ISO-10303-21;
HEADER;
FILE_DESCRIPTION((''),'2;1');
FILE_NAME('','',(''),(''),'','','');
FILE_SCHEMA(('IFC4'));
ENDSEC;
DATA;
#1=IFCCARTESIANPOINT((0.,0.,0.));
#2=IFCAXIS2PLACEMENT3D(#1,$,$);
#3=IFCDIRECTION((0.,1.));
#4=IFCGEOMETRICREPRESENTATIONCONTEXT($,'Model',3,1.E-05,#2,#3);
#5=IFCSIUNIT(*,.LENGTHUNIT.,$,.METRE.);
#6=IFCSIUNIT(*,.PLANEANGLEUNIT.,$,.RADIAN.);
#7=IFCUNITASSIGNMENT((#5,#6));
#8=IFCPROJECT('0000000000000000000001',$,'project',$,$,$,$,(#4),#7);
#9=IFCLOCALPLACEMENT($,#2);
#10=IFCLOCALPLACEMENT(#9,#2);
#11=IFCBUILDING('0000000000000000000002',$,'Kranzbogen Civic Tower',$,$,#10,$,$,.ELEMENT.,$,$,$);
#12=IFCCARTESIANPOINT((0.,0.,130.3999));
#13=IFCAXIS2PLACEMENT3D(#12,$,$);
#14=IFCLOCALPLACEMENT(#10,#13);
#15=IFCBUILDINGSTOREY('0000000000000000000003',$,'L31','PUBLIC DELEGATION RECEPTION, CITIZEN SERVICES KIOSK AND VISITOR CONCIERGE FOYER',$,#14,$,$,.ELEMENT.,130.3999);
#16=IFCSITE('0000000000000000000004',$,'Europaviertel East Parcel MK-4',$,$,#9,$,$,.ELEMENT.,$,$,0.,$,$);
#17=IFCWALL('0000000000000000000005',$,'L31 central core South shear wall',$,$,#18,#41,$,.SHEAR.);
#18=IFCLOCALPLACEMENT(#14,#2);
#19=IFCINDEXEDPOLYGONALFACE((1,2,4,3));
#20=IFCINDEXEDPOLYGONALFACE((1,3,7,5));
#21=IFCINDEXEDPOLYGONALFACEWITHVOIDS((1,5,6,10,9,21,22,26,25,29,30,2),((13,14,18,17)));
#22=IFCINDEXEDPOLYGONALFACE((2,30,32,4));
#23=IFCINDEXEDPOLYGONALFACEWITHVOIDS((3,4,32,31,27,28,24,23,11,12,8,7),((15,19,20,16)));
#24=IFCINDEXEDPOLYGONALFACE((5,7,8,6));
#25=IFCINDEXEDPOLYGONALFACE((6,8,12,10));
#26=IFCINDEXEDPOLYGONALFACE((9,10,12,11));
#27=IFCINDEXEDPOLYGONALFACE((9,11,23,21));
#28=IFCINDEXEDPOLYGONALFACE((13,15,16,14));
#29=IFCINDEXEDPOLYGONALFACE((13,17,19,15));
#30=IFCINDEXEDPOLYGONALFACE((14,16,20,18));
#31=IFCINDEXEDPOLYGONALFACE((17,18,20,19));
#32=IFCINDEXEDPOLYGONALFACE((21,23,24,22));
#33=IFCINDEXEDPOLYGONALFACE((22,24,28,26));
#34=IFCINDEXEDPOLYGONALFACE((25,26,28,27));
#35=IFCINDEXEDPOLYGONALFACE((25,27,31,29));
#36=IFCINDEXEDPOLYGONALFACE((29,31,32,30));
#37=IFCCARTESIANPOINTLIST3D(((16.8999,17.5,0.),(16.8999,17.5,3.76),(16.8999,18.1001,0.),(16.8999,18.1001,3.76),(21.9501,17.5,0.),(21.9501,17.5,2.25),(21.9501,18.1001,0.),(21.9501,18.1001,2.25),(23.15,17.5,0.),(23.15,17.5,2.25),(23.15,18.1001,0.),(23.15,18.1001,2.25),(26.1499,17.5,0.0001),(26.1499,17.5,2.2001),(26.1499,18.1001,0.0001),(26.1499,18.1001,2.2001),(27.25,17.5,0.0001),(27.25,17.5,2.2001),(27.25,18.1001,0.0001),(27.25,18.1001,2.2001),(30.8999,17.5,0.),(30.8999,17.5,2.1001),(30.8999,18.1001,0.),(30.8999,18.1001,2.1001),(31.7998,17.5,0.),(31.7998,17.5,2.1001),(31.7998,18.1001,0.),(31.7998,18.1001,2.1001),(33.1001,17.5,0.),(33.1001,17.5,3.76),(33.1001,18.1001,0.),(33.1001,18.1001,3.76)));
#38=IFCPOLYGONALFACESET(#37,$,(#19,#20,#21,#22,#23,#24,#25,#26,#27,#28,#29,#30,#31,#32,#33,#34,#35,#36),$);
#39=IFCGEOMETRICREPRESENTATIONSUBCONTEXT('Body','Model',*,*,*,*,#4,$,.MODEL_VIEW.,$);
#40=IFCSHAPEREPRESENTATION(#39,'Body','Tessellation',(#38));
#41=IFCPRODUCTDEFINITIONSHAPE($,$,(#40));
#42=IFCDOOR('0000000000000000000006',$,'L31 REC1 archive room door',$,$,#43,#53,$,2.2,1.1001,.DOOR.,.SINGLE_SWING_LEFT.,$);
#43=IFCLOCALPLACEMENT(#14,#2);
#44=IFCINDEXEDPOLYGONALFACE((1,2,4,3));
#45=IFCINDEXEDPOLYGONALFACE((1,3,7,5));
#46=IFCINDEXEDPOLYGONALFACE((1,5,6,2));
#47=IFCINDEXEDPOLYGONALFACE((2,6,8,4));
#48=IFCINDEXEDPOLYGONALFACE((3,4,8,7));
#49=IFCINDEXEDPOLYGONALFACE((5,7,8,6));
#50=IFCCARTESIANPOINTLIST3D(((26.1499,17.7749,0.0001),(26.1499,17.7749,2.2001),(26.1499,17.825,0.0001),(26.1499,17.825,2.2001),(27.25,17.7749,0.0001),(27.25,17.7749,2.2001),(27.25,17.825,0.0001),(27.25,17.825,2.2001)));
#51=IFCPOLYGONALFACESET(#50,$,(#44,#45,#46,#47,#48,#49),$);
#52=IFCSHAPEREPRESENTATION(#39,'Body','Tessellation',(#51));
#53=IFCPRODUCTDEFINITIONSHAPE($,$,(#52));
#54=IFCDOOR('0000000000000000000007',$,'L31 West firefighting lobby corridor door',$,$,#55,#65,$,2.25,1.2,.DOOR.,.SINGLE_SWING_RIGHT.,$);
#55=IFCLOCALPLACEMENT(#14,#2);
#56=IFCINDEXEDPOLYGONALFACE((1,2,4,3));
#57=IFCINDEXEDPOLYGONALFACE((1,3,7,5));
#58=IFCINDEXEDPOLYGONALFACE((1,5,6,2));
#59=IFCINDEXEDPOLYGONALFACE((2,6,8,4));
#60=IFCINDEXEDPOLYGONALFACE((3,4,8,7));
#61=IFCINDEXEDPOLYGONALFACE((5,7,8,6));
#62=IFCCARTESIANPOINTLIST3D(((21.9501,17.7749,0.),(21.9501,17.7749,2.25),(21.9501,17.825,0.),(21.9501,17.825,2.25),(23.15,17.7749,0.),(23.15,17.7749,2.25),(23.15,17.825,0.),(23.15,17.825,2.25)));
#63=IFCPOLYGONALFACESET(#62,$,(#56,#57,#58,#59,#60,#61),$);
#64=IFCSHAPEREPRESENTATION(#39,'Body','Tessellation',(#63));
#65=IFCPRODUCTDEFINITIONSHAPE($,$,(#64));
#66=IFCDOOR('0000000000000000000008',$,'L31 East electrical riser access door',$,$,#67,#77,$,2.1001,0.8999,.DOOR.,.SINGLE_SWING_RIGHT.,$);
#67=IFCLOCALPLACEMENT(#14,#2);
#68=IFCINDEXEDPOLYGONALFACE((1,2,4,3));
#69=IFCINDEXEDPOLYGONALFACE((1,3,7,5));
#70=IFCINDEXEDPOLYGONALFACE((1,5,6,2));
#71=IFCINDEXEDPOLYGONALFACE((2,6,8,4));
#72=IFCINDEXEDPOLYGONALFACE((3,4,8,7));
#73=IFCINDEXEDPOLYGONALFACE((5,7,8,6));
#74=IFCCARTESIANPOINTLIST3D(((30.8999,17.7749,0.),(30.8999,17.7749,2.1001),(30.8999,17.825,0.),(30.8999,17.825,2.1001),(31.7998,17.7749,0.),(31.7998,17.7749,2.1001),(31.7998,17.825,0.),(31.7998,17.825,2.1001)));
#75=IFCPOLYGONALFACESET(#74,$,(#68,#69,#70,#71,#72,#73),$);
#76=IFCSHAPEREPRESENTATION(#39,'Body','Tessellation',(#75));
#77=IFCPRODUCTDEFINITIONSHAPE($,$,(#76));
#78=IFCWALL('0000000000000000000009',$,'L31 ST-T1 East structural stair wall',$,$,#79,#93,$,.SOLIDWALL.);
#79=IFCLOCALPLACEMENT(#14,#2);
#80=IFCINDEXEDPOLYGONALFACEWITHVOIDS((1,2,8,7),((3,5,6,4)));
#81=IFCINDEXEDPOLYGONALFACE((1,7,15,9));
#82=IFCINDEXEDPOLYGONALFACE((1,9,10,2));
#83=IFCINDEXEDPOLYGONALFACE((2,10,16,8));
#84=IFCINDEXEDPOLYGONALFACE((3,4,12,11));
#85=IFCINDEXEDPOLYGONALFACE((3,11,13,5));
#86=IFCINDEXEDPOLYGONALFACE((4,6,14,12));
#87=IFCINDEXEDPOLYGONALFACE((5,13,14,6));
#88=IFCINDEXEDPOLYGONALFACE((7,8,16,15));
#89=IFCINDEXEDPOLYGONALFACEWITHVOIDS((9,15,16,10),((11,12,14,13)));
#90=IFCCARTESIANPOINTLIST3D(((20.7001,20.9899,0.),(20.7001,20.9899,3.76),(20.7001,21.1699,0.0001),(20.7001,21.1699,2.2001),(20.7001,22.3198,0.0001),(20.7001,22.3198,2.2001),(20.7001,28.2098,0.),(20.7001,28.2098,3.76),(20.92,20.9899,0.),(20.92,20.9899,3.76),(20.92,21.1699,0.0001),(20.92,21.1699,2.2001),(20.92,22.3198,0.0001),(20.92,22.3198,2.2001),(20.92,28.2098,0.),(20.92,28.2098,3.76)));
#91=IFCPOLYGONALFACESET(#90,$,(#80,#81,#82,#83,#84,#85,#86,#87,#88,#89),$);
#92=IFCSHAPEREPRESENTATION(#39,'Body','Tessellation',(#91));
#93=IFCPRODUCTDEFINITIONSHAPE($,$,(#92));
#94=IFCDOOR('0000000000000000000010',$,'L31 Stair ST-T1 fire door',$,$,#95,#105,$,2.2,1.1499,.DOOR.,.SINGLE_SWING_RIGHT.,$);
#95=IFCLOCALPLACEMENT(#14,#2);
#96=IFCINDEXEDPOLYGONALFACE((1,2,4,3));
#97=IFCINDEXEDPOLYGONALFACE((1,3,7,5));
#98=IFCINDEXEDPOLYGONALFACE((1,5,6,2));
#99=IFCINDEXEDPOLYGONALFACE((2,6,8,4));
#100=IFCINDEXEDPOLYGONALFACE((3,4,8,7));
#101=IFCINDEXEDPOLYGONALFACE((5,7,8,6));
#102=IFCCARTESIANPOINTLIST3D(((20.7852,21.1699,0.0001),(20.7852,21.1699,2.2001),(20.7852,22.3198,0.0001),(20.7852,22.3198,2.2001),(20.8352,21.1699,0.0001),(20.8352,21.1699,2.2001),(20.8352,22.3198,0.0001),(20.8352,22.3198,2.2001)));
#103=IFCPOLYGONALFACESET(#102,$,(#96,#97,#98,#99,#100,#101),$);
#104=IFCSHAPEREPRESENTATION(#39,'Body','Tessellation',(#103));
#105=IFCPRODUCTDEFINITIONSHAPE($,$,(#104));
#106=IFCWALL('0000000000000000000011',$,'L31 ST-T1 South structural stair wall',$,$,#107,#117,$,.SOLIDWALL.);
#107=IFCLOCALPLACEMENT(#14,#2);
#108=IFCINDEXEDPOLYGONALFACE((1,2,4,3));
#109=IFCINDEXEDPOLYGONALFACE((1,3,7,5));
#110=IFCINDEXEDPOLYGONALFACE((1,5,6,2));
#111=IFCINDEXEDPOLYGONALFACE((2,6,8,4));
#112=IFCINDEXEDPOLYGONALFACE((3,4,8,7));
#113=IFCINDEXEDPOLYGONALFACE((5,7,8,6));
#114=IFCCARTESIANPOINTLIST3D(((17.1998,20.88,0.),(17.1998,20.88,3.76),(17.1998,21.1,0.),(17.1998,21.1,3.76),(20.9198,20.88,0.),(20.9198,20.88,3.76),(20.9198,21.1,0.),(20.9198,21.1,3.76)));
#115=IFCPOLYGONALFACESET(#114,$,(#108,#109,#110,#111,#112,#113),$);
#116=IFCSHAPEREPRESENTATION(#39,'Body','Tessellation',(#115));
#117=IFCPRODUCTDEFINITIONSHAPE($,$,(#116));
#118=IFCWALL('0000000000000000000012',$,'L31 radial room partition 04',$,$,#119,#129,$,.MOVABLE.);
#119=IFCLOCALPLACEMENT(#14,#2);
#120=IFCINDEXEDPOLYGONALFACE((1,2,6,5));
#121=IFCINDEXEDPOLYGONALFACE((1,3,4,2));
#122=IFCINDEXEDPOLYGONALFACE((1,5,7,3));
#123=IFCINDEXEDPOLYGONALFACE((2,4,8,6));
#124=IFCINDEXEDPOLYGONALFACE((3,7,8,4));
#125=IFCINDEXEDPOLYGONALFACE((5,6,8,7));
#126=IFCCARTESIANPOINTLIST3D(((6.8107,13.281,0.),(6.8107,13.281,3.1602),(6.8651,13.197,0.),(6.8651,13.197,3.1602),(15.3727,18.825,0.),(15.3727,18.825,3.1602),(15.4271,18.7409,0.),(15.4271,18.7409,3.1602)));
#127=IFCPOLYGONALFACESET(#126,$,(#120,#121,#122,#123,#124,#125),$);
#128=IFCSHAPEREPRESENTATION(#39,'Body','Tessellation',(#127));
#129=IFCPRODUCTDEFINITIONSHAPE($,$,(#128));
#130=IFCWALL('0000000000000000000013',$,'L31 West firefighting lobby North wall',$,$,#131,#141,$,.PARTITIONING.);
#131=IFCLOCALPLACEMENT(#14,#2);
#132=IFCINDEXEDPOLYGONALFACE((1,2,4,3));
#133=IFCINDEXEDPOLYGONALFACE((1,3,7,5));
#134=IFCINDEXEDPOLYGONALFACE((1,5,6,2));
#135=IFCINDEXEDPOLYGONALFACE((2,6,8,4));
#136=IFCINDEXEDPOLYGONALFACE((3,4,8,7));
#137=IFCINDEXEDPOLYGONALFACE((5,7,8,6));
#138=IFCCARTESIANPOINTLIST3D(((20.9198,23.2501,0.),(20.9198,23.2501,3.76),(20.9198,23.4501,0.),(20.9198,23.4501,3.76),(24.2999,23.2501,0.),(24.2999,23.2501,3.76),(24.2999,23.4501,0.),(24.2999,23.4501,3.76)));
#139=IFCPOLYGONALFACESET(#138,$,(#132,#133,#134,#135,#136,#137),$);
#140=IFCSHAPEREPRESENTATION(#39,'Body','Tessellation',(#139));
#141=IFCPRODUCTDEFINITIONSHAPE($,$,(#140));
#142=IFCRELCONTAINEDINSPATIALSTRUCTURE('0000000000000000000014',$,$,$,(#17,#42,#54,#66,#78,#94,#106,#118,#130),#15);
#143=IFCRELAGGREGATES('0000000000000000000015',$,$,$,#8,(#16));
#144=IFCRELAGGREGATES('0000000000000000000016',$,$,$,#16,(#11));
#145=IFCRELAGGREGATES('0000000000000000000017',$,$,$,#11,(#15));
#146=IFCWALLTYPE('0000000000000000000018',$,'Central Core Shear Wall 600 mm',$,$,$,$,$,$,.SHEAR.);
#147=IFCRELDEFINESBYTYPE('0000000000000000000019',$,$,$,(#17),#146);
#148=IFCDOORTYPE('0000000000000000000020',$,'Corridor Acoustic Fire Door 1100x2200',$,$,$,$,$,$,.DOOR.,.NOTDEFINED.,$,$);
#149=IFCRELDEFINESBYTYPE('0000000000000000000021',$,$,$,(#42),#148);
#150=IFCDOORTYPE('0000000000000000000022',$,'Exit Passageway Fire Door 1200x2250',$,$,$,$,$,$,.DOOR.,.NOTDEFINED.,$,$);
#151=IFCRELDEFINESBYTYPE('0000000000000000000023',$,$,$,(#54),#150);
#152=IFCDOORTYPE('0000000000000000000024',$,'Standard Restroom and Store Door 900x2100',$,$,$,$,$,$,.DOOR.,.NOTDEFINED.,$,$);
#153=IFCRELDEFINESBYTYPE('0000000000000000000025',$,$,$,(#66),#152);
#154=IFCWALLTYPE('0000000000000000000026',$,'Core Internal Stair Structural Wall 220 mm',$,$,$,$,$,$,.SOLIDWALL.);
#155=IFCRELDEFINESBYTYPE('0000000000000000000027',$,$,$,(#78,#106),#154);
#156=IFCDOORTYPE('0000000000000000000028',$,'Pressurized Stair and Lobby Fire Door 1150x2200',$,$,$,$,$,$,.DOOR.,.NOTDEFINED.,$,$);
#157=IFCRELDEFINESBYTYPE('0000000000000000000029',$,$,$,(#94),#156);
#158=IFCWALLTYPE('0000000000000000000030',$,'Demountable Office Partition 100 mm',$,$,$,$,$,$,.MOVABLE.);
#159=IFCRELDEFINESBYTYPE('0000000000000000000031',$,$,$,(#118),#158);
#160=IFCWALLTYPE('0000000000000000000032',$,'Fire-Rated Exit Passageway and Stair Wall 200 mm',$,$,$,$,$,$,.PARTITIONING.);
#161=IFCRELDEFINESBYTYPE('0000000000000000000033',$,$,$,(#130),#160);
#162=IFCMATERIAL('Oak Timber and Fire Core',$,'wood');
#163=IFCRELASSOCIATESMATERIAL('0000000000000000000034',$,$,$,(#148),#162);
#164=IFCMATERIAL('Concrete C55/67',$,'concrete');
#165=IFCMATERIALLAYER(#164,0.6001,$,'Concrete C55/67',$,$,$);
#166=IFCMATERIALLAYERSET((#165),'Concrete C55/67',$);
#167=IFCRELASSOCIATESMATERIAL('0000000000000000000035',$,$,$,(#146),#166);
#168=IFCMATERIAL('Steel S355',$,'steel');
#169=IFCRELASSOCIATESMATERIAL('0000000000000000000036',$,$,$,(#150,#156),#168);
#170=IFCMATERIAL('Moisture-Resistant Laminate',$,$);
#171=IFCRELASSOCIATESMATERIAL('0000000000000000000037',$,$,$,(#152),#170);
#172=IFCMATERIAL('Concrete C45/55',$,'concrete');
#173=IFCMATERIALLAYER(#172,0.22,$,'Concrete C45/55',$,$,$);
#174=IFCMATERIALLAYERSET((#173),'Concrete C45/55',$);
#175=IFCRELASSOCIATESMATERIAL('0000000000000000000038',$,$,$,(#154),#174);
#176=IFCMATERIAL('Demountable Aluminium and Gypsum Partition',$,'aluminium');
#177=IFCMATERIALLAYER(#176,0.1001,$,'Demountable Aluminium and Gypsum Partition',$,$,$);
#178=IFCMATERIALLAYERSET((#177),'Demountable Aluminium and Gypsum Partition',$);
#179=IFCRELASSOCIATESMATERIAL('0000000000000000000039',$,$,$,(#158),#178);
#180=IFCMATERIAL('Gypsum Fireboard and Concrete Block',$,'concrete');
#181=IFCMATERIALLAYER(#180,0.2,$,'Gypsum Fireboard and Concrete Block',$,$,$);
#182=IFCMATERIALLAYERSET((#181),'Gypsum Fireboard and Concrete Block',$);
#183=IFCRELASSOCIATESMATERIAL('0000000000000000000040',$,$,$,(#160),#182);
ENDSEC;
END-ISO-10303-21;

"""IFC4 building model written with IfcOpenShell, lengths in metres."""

from ifc_helpers import new_model, si_unit, direction, frame, frame_2d, origin, place, context, subcontext, project, spatial, rectangle, extrude, material, layer, layer_set, type_object, element, fill, save


model = new_model("IFC4")

# Units and contexts
model_context = context("Model", 3, precision=1e-05, world=origin(), true_north=direction((0.0, 1.0)))
body_context = subcontext(model_context, "Body", "Model", "MODEL_VIEW")
ifc_project = project(units=[si_unit("LENGTHUNIT", "METRE"), si_unit("PLANEANGLEUNIT", "RADIAN")], contexts=[model_context])

# Site, building, storey
site_placement = place(None, origin())
site = spatial("IfcSite", under=ifc_project, at=site_placement, Name="Europaviertel East Parcel MK-4", CompositionType="ELEMENT", RefElevation=0.0)
building_placement = place(site_placement, origin())
building = spatial("IfcBuilding", under=site, at=building_placement, Name="Kranzbogen Civic Tower", CompositionType="ELEMENT")
storey_placement = place(building_placement, frame((0.0, 0.0, 130.3999)))
storey = spatial("IfcBuildingStorey", under=building, at=storey_placement, Name="L31", Description="PUBLIC DELEGATION RECEPTION, CITIZEN SERVICES KIOSK AND VISITOR CONCIERGE FOYER", CompositionType="ELEMENT", Elevation=130.3999)

# Shared definitions
ifc_material_1 = material(Name="Steel S355", Category="steel")

# Shared definitions
ifc_material_2 = material(Name="Oak Timber and Fire Core", Category="wood")
door_type_1 = type_object("IfcDoorType", Name="Corridor Acoustic Fire Door 1100x2200", OperationType="NOTDEFINED", PredefinedType="DOOR", material=ifc_material_2)

# Wall, openings, doors
ifc_material_3 = material(Name="Concrete C55/67", Category="concrete")
ifc_layer_1 = layer(ifc_material_3, 0.6001, Name="Concrete C55/67")
ifc_layer_set_1 = layer_set([ifc_layer_1], Name="Concrete C55/67")
wall_type_1 = type_object("IfcWallType", Name="Central Core Shear Wall 600 mm", PredefinedType="SHEAR", material=ifc_layer_set_1)
wall_1_placement = place(storey_placement, frame((16.8999, 17.8, 0.0), z_axis=(0.0, 0.0, 1.0), x_axis=(1.0, 0.0, 0.0)))
wall_1 = element("IfcWall", 1, at=wall_1_placement, inside=storey, type_object=wall_type_1, Name="L31 central core South shear wall", PredefinedType="SHEAR", context=body_context, shape_type="SweptSolid", body=[
    extrude(rectangle(XDim=16.2002, YDim=0.6001, at=frame_2d((8.1001, 0.0))), origin(), (0.0, 0.0, 1.0), 3.76),
])
opening_1_placement = place(wall_1_placement, frame((5.05, 0.0, 0.0)))
opening_1 = element("IfcOpeningElement", 2, at=opening_1_placement, cuts=wall_1, PredefinedType="OPENING", context=body_context, shape_type="SweptSolid", body=[
    extrude(rectangle(XDim=1.2, YDim=2.25, at=frame_2d((0.6001, 1.125))), frame((0.0, 0.3101, 0.0), z_axis=(0.0, -1.0, 0.0), x_axis=(1.0, 0.0, 0.0)), (0.0, 0.0, 1.0), 0.6201),
])
opening_2_placement = place(wall_1_placement, frame((14.0, 0.0, 0.0)))
opening_2 = element("IfcOpeningElement", 3, at=opening_2_placement, cuts=wall_1, PredefinedType="OPENING", context=body_context, shape_type="SweptSolid", body=[
    extrude(rectangle(XDim=0.8999, YDim=2.1001, at=frame_2d((0.45, 1.05))), frame((0.0, 0.3101, 0.0), z_axis=(0.0, -1.0, 0.0), x_axis=(1.0, 0.0, 0.0)), (0.0, 0.0, 1.0), 0.6201),
])
opening_3_placement = place(wall_1_placement, frame((9.25, 0.0, 0.0)))
opening_3 = element("IfcOpeningElement", 4, at=opening_3_placement, cuts=wall_1, PredefinedType="OPENING", context=body_context, shape_type="SweptSolid", body=[
    extrude(rectangle(XDim=1.1001, YDim=2.2, at=frame_2d((0.55, 1.1001))), frame((0.0, 0.3101, 0.0), z_axis=(0.0, -1.0, 0.0), x_axis=(1.0, 0.0, 0.0)), (0.0, 0.0, 1.0), 0.6201),
])
door_1_placement = place(opening_3_placement, origin())
door_1 = element("IfcDoor", 5, at=door_1_placement, inside=storey, type_object=door_type_1, Name="L31 REC1 archive room door", OperationType="SINGLE_SWING_LEFT", OverallHeight=2.2, OverallWidth=1.1001, PredefinedType="DOOR", context=body_context, shape_type="SweptSolid", body=[
    extrude(rectangle(XDim=1.1001, YDim=2.2, at=frame_2d((0.55, 1.1001))), frame((0.0, 0.0249, 0.0), z_axis=(0.0, -1.0, 0.0), x_axis=(1.0, 0.0, 0.0)), (0.0, 0.0, 1.0), 0.05),
])
fill(opening_3, door_1)
door_type_2 = type_object("IfcDoorType", Name="Exit Passageway Fire Door 1200x2250", OperationType="NOTDEFINED", PredefinedType="DOOR", material=ifc_material_1)
door_2_placement = place(opening_1_placement, origin())
door_2 = element("IfcDoor", 6, at=door_2_placement, inside=storey, type_object=door_type_2, Name="L31 West firefighting lobby corridor door", OperationType="SINGLE_SWING_RIGHT", OverallHeight=2.25, OverallWidth=1.2, PredefinedType="DOOR", context=body_context, shape_type="SweptSolid", body=[
    extrude(rectangle(XDim=1.2, YDim=2.25, at=frame_2d((0.6001, 1.125))), frame((0.0, 0.0249, 0.0), z_axis=(0.0, -1.0, 0.0), x_axis=(1.0, 0.0, 0.0)), (0.0, 0.0, 1.0), 0.05),
])
fill(opening_1, door_2)
ifc_material_4 = material(Name="Moisture-Resistant Laminate")
door_type_3 = type_object("IfcDoorType", Name="Standard Restroom and Store Door 900x2100", OperationType="NOTDEFINED", PredefinedType="DOOR", material=ifc_material_4)
door_3_placement = place(opening_2_placement, origin())
door_3 = element("IfcDoor", 7, at=door_3_placement, inside=storey, type_object=door_type_3, Name="L31 East electrical riser access door", OperationType="SINGLE_SWING_RIGHT", OverallHeight=2.1001, OverallWidth=0.8999, PredefinedType="DOOR", context=body_context, shape_type="SweptSolid", body=[
    extrude(rectangle(XDim=0.8999, YDim=2.1001, at=frame_2d((0.45, 1.05))), frame((0.0, 0.0249, 0.0), z_axis=(0.0, -1.0, 0.0), x_axis=(1.0, 0.0, 0.0)), (0.0, 0.0, 1.0), 0.05),
])
fill(opening_2, door_3)

# Wall, opening, door
ifc_material_5 = material(Name="Concrete C45/55", Category="concrete")
ifc_layer_2 = layer(ifc_material_5, 0.22, Name="Concrete C45/55")
ifc_layer_set_2 = layer_set([ifc_layer_2], Name="Concrete C45/55")
wall_type_2 = type_object("IfcWallType", Name="Core Internal Stair Structural Wall 220 mm", PredefinedType="SOLIDWALL", material=ifc_layer_set_2)
wall_2_placement = place(storey_placement, frame((20.8101, 20.99, 0.0), z_axis=(0.0, 0.0, 1.0), x_axis=(0.0, 1.0, 0.0)))
wall_2 = element("IfcWall", 8, at=wall_2_placement, inside=storey, type_object=wall_type_2, Name="L31 ST-T1 East structural stair wall", PredefinedType="SOLIDWALL", context=body_context, shape_type="SweptSolid", body=[
    extrude(rectangle(XDim=7.22, YDim=0.22, at=frame_2d((3.6099, 0.0))), origin(), (0.0, 0.0, 1.0), 3.76),
])
opening_4_placement = place(wall_2_placement, frame((0.1799, 0.0, 0.0)))
opening_4 = element("IfcOpeningElement", 9, at=opening_4_placement, cuts=wall_2, PredefinedType="OPENING", context=body_context, shape_type="SweptSolid", body=[
    extrude(rectangle(XDim=1.1499, YDim=2.2, at=frame_2d((0.575, 1.1001))), frame((0.0, 0.1201, 0.0), z_axis=(0.0, -1.0, 0.0), x_axis=(1.0, 0.0, 0.0)), (0.0, 0.0, 1.0), 0.24),
])
door_type_4 = type_object("IfcDoorType", Name="Pressurized Stair and Lobby Fire Door 1150x2200", OperationType="NOTDEFINED", PredefinedType="DOOR", material=ifc_material_1)
door_4_placement = place(opening_4_placement, origin())
door_4 = element("IfcDoor", 10, at=door_4_placement, inside=storey, type_object=door_type_4, Name="L31 Stair ST-T1 fire door", OperationType="SINGLE_SWING_RIGHT", OverallHeight=2.2, OverallWidth=1.1499, PredefinedType="DOOR", context=body_context, shape_type="SweptSolid", body=[
    extrude(rectangle(XDim=1.1499, YDim=2.2, at=frame_2d((0.575, 1.1001))), frame((0.0, 0.0249, 0.0), z_axis=(0.0, -1.0, 0.0), x_axis=(1.0, 0.0, 0.0)), (0.0, 0.0, 1.0), 0.05),
])
fill(opening_4, door_4)

# Walls
wall_3_placement = place(storey_placement, frame((17.2, 20.99, 0.0), z_axis=(0.0, 0.0, 1.0), x_axis=(1.0, 0.0, 0.0)))
element("IfcWall", 11, at=wall_3_placement, inside=storey, type_object=wall_type_2, Name="L31 ST-T1 South structural stair wall", PredefinedType="SOLIDWALL", context=body_context, shape_type="SweptSolid", body=[
    extrude(rectangle(XDim=3.72, YDim=0.22, at=frame_2d((1.8599, 0.0))), origin(), (0.0, 0.0, 1.0), 3.76),
])
ifc_material_6 = material(Name="Demountable Aluminium and Gypsum Partition", Category="aluminium")
ifc_layer_3 = layer(ifc_material_6, 0.1001, Name="Demountable Aluminium and Gypsum Partition")
ifc_layer_set_3 = layer_set([ifc_layer_3], Name="Demountable Aluminium and Gypsum Partition")
wall_type_3 = type_object("IfcWallType", Name="Demountable Office Partition 100 mm", PredefinedType="MOVABLE", material=ifc_layer_set_3)
wall_4_placement = place(storey_placement, frame((15.3999, 18.783, 0.0), z_axis=(0.0, 0.0, 1.0), x_axis=(-0.839399, -0.543515, 0.0)))
element("IfcWall", 12, at=wall_4_placement, inside=storey, type_object=wall_type_3, Name="L31 radial room partition 04", PredefinedType="MOVABLE", context=body_context, shape_type="SweptSolid", body=[
    extrude(rectangle(XDim=10.2002, YDim=0.1001, at=frame_2d((5.1001, 0.0))), origin(), (0.0, 0.0, 1.0), 3.1602),
])
ifc_material_7 = material(Name="Gypsum Fireboard and Concrete Block", Category="concrete")
ifc_layer_4 = layer(ifc_material_7, 0.2, Name="Gypsum Fireboard and Concrete Block")
ifc_layer_set_4 = layer_set([ifc_layer_4], Name="Gypsum Fireboard and Concrete Block")
wall_type_4 = type_object("IfcWallType", Name="Fire-Rated Exit Passageway and Stair Wall 200 mm", PredefinedType="PARTITIONING", material=ifc_layer_set_4)
wall_5_placement = place(storey_placement, frame((20.9199, 23.3501, 0.0), z_axis=(0.0, 0.0, 1.0), x_axis=(1.0, 0.0, 0.0)))
element("IfcWall", 13, at=wall_5_placement, inside=storey, type_object=wall_type_4, Name="L31 West firefighting lobby North wall", PredefinedType="PARTITIONING", context=body_context, shape_type="SweptSolid", body=[
    extrude(rectangle(XDim=3.3801, YDim=0.2, at=frame_2d((1.6899, 0.0))), origin(), (0.0, 0.0, 1.0), 3.76),
])

save(model, "model.ifc")
